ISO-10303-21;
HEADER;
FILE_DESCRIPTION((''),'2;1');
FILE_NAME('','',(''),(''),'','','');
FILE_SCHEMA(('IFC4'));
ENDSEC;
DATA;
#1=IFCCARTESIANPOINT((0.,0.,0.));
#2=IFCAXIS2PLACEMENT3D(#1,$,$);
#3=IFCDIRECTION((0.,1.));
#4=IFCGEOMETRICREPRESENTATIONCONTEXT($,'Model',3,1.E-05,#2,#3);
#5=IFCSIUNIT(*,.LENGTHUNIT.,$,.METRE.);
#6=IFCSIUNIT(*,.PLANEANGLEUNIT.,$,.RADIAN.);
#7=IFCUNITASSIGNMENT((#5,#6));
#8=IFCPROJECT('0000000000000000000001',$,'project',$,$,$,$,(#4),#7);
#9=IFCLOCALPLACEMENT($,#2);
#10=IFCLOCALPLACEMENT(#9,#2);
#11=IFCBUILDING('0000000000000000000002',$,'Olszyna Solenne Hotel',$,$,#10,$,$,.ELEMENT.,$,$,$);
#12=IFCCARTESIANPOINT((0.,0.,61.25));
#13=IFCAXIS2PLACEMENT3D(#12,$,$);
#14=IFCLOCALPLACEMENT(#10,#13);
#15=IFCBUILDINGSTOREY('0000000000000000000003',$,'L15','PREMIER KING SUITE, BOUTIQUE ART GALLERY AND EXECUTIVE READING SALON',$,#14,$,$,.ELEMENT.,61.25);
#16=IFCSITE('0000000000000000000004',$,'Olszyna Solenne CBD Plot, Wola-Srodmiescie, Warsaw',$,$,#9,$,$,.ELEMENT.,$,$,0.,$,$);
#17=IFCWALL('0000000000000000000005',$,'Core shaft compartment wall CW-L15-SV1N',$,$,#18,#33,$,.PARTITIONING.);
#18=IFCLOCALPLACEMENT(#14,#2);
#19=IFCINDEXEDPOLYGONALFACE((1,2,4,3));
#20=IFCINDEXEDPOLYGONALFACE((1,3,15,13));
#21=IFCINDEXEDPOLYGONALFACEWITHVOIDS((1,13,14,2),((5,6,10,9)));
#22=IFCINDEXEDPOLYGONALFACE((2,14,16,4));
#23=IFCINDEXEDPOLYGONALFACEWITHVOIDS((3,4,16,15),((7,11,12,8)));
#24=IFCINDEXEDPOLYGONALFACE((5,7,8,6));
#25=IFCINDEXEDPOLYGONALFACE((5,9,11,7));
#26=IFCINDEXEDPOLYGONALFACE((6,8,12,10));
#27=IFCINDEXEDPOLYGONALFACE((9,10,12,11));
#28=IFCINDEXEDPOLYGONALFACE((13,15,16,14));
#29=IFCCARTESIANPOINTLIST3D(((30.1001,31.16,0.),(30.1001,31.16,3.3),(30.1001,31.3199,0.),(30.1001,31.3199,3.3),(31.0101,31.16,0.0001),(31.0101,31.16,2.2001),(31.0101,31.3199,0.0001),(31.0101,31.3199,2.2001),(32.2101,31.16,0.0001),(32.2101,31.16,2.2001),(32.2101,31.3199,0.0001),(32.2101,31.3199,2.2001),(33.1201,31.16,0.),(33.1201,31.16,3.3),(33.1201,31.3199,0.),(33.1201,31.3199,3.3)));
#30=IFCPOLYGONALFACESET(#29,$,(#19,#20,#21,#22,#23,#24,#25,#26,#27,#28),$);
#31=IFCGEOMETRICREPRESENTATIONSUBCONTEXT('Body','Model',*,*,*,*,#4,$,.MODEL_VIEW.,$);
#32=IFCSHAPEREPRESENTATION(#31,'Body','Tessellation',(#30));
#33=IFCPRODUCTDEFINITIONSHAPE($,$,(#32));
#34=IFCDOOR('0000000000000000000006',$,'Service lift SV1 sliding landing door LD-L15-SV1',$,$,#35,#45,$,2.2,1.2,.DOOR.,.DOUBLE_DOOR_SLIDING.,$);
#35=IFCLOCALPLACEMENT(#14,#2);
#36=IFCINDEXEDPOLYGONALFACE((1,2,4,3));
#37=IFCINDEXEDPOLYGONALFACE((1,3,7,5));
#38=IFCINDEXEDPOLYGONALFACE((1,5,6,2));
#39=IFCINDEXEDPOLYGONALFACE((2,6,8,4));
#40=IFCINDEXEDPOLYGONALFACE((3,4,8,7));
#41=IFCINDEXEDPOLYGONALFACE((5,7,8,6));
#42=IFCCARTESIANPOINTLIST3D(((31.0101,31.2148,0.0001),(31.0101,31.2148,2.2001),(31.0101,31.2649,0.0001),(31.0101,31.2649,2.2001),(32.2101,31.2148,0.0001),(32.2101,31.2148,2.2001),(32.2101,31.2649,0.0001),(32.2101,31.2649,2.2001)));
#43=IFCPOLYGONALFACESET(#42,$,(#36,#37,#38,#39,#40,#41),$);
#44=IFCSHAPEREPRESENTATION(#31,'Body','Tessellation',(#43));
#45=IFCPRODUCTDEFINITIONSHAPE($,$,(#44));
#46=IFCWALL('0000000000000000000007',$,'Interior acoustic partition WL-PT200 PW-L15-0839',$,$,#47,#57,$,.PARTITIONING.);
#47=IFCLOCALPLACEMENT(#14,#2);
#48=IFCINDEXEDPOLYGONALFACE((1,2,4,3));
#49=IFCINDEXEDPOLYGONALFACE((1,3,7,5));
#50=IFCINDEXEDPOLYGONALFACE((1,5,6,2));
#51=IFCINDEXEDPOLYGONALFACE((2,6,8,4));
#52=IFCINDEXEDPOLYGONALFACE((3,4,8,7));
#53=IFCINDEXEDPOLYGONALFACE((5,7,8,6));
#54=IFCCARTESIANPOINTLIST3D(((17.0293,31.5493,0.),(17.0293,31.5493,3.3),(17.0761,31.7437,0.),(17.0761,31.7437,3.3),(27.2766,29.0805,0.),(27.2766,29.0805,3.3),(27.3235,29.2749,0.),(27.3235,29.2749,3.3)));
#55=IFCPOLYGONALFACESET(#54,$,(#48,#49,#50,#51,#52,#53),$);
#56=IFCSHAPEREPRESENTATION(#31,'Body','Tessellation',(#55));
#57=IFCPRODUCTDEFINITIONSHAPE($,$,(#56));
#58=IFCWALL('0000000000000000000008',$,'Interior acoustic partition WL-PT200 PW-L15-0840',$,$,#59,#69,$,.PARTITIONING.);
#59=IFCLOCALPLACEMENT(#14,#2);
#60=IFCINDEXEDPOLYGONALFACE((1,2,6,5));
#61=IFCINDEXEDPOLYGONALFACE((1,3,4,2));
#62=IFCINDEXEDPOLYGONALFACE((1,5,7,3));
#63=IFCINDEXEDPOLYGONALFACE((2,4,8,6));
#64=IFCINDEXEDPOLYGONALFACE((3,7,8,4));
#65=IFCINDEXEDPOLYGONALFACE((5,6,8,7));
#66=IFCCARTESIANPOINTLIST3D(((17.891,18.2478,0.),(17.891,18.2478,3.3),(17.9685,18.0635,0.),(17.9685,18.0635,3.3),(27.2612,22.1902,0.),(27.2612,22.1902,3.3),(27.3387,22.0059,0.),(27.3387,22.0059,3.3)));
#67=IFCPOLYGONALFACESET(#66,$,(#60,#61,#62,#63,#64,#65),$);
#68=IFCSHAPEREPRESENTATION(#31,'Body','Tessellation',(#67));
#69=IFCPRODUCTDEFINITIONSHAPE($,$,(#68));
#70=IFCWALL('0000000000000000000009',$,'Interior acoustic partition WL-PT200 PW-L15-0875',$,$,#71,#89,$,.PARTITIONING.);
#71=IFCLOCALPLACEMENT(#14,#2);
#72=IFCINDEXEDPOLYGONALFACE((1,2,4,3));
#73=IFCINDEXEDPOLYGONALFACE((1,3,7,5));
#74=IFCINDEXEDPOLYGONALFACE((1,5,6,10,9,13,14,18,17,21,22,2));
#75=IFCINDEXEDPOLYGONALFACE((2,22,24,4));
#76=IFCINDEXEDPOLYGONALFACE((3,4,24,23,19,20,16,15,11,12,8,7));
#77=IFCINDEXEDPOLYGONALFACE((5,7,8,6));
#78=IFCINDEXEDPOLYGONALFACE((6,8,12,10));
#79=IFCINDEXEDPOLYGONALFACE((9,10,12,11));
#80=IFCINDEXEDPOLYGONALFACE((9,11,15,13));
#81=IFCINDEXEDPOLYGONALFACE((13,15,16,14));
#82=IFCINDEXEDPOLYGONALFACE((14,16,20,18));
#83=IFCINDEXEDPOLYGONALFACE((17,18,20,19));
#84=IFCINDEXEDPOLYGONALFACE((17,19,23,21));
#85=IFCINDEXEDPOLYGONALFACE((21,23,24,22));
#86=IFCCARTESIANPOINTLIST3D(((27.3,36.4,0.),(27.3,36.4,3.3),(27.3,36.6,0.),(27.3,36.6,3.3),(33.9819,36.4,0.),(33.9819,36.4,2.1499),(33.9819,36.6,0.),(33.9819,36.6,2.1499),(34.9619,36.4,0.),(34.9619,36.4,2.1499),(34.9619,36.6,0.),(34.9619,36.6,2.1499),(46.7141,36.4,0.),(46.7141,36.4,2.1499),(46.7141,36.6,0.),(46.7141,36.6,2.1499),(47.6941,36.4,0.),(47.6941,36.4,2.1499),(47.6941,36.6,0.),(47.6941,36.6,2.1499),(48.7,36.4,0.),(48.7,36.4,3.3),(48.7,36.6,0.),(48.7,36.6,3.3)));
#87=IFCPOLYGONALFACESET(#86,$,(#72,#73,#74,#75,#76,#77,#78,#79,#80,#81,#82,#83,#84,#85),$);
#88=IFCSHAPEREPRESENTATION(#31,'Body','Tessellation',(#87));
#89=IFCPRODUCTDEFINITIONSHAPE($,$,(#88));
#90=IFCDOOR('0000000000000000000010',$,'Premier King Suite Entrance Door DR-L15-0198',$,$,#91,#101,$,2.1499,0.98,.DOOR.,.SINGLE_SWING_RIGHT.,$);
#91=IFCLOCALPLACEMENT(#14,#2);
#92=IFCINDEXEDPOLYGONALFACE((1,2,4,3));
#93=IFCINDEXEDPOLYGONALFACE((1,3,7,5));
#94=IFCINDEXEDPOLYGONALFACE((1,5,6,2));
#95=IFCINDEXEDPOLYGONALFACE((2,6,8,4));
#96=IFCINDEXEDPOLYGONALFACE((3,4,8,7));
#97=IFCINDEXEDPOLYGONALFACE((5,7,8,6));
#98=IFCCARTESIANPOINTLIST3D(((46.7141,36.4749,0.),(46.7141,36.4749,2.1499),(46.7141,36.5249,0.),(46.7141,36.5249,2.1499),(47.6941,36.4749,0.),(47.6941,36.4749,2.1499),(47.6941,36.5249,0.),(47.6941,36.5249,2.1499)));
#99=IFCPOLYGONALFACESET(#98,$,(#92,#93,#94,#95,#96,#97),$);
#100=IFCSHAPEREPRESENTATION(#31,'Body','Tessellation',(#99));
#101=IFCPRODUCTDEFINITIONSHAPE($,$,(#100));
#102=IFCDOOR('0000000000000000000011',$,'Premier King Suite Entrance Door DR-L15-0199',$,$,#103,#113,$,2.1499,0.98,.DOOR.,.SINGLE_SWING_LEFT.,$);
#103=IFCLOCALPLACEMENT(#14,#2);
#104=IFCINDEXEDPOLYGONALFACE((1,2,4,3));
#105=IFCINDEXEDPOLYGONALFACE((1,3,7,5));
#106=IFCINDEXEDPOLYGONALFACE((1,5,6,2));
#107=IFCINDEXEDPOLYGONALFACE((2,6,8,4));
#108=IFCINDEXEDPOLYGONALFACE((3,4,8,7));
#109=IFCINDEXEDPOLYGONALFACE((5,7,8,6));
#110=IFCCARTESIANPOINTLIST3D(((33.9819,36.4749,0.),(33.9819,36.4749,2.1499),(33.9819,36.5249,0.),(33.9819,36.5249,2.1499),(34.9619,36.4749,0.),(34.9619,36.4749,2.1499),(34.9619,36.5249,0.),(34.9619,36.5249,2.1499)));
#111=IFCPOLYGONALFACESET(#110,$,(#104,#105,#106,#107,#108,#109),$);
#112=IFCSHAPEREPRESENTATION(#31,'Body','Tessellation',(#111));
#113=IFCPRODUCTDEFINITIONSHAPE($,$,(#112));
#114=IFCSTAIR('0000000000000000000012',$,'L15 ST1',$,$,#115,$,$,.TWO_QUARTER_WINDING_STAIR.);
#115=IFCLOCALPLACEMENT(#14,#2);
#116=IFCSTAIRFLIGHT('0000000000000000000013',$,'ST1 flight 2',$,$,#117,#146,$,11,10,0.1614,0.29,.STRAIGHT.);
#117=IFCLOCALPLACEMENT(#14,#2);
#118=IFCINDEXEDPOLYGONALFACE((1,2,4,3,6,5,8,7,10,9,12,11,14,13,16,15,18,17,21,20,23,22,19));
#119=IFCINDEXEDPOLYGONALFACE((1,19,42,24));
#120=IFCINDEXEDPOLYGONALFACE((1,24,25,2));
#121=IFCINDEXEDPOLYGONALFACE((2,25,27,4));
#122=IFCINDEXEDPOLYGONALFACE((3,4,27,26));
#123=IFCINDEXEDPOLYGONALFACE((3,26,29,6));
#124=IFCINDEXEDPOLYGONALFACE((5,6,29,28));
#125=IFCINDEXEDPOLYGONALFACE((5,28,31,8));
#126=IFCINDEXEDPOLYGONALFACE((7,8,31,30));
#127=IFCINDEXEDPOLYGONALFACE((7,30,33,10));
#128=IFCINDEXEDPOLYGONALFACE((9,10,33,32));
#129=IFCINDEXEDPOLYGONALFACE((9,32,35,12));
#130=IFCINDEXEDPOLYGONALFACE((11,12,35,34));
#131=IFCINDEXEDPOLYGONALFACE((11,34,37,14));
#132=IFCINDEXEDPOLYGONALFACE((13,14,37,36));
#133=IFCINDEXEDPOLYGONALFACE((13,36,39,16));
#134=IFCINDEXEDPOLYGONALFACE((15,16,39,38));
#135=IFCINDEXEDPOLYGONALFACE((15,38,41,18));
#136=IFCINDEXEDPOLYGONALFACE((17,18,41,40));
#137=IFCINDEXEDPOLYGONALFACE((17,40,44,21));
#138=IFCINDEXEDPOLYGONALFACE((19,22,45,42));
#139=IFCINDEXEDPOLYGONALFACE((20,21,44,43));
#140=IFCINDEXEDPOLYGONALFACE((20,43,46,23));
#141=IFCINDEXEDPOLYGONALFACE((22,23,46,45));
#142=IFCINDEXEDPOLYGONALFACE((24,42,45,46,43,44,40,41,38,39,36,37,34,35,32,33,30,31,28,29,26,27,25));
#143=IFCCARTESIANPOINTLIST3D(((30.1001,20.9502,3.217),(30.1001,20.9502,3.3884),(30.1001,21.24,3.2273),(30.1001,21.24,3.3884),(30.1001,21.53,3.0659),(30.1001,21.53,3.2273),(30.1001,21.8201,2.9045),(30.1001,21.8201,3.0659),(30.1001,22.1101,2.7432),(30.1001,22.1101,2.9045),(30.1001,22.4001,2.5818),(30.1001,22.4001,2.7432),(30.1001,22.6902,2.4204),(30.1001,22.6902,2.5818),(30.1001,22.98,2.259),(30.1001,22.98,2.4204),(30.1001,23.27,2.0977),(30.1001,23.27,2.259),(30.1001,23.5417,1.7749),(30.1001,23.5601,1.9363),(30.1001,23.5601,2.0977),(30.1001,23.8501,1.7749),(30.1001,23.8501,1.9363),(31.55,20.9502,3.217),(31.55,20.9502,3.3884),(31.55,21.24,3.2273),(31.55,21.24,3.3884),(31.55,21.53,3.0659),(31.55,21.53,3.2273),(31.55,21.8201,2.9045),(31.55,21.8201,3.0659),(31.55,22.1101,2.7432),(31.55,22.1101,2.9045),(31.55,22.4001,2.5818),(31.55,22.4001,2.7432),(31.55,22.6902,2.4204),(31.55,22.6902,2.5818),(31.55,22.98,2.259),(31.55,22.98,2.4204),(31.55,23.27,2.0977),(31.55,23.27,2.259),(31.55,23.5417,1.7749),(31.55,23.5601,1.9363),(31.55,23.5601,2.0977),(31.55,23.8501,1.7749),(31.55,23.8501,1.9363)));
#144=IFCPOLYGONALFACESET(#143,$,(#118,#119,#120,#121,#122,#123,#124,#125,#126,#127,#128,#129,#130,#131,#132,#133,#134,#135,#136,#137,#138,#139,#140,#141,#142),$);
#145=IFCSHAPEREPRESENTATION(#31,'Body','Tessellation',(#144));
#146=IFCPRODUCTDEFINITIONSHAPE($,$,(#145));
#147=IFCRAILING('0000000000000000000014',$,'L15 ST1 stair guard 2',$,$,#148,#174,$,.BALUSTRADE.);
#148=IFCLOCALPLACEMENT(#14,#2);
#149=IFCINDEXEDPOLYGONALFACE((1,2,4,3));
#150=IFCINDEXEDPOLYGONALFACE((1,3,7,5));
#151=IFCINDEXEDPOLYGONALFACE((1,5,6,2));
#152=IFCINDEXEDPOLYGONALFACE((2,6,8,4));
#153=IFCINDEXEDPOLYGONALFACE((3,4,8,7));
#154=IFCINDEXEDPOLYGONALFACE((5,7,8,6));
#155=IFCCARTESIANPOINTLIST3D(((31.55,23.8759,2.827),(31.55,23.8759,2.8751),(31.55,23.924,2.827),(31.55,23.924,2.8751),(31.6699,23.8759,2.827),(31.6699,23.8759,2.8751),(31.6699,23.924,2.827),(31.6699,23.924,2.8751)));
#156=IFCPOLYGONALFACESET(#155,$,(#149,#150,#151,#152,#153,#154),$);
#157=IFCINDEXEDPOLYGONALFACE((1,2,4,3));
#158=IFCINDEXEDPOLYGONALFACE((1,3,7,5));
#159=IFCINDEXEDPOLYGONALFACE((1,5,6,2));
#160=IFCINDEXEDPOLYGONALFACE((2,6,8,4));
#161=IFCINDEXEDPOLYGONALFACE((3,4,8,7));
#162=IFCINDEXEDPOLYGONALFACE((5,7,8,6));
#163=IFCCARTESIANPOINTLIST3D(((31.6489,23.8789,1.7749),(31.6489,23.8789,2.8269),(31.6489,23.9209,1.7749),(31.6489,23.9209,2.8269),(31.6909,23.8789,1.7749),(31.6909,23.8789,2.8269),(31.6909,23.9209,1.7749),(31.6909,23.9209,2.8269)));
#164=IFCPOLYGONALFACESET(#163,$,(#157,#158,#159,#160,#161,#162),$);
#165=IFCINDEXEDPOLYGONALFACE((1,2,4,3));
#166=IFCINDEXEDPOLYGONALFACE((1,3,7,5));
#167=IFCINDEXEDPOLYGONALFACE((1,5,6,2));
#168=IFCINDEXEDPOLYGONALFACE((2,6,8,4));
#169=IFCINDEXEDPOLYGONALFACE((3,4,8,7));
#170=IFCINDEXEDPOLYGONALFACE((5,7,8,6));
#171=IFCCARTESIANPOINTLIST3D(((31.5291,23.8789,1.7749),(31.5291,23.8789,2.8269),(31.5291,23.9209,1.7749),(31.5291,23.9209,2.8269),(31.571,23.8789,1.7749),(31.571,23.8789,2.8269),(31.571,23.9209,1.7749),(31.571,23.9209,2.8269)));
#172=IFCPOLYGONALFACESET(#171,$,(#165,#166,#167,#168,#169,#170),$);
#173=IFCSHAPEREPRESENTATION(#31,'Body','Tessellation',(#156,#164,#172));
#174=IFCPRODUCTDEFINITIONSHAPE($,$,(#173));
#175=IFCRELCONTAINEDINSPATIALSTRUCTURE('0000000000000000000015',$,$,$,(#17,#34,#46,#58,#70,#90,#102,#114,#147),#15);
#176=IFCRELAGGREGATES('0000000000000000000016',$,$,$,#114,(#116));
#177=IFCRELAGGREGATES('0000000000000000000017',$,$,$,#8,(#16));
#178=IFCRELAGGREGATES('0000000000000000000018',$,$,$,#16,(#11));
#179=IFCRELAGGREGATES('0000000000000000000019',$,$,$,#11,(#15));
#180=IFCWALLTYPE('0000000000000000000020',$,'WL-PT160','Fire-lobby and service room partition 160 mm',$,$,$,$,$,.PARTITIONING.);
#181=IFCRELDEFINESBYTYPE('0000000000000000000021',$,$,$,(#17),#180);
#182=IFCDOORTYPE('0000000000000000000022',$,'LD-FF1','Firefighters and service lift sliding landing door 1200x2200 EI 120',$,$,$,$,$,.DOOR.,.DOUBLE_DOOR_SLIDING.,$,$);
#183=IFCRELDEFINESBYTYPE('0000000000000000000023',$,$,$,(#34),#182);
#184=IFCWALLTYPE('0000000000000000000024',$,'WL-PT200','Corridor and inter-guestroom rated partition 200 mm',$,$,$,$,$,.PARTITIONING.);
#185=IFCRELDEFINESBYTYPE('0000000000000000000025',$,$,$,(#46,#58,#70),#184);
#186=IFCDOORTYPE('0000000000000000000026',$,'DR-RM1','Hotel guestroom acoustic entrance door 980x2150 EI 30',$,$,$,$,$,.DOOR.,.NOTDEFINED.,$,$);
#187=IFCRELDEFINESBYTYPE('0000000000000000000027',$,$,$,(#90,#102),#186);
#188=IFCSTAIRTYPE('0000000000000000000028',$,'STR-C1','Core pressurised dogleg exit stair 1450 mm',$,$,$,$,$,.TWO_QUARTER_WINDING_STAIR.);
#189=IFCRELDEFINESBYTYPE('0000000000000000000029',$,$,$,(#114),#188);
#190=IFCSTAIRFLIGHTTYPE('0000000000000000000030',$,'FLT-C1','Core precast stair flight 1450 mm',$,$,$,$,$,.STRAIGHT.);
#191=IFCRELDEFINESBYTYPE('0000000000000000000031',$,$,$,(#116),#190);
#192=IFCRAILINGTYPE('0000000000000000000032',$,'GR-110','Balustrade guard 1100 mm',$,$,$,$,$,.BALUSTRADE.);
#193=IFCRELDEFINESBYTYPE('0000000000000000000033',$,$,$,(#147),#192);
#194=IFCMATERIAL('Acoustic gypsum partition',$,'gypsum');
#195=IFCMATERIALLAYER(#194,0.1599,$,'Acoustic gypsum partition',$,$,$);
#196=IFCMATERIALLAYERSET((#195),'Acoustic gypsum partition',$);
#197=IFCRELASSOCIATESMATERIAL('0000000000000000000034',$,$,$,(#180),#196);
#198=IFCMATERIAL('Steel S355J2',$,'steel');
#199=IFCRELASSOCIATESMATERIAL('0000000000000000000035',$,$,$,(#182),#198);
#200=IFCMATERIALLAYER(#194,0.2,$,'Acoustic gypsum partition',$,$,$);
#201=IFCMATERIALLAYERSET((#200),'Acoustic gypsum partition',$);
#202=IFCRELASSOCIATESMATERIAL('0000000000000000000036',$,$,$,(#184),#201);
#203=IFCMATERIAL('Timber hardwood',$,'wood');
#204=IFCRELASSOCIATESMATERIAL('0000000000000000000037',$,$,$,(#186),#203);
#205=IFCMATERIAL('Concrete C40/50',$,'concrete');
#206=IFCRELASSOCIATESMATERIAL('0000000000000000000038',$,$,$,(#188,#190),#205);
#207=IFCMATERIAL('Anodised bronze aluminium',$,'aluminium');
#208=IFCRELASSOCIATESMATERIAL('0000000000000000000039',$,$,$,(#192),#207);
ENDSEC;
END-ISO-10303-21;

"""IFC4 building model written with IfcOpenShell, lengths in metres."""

from ifc_helpers import new_model, si_unit, direction, frame, frame_2d, origin, origin_2d, place, context, subcontext, project, spatial, polyline, rectangle, outline, extrude, source, transform, mapped, material, layer, layer_set, type_object, type_shapes, element, fill, aggregate, save


model = new_model("IFC4")

# Units and contexts
model_context = context("Model", 3, precision=1e-05, world=origin(), true_north=direction((0.0, 1.0)))
body_context = subcontext(model_context, "Body", "Model", "MODEL_VIEW")
ifc_project = project(units=[si_unit("LENGTHUNIT", "METRE"), si_unit("PLANEANGLEUNIT", "RADIAN")], contexts=[model_context])

# Site, building, storey
site_placement = place(None, origin())
site = spatial("IfcSite", under=ifc_project, at=site_placement, Name="Olszyna Solenne CBD Plot, Wola-Srodmiescie, Warsaw", CompositionType="ELEMENT", RefElevation=0.0)
building_placement = place(site_placement, origin())
building = spatial("IfcBuilding", under=site, at=building_placement, Name="Olszyna Solenne Hotel", CompositionType="ELEMENT")
storey_placement = place(building_placement, frame((0.0, 0.0, 61.25)))
storey = spatial("IfcBuildingStorey", under=building, at=storey_placement, Name="L15", Description="PREMIER KING SUITE, BOUTIQUE ART GALLERY AND EXECUTIVE READING SALON", CompositionType="ELEMENT", Elevation=61.25)

# Shared definitions
ifc_material_1 = material(Name="Steel S355J2", Category="steel")

# Shared definitions
ifc_material_2 = material(Name="Acoustic gypsum partition", Category="gypsum")
ifc_material_3 = material(Name="Timber hardwood", Category="wood")

# Shared definitions
ifc_layer_1 = layer(ifc_material_2, 0.1599, Name="Acoustic gypsum partition")
ifc_layer_set_1 = layer_set([ifc_layer_1], Name="Acoustic gypsum partition")
wall_type_1 = type_object("IfcWallType", Name="WL-PT160", Description="Fire-lobby and service room partition 160 mm", PredefinedType="PARTITIONING", material=ifc_layer_set_1)

# Wall, opening, door
wall_1_placement = place(storey_placement, frame((30.1001, 31.24, 0.0), z_axis=(0.0, 0.0, 1.0), x_axis=(1.0, 0.0, 0.0)))
wall_1 = element("IfcWall", 1, at=wall_1_placement, inside=storey, type_object=wall_type_1, Name="Core shaft compartment wall CW-L15-SV1N", PredefinedType="PARTITIONING", context=body_context, shape_type="SweptSolid", body=[
    extrude(rectangle(XDim=3.02, YDim=0.1599, at=frame_2d((1.51, 0.0))), origin(), (0.0, 0.0, 1.0), 3.3),
])
opening_1_placement = place(wall_1_placement, frame((0.9099, 0.0, 0.0)))
opening_1 = element("IfcOpeningElement", 2, at=opening_1_placement, cuts=wall_1, PredefinedType="OPENING", context=body_context, shape_type="SweptSolid", body=[
    extrude(rectangle(XDim=1.2, YDim=2.2, at=frame_2d((0.6001, 1.1001))), frame((0.0, 0.0898, 0.0), z_axis=(0.0, -1.0, 0.0), x_axis=(1.0, 0.0, 0.0)), (0.0, 0.0, 1.0), 0.1799),
])
door_type_1 = type_object("IfcDoorType", Name="LD-FF1", Description="Firefighters and service lift sliding landing door 1200x2200 EI 120", OperationType="DOUBLE_DOOR_SLIDING", PredefinedType="DOOR", material=ifc_material_1)
shared_shape_1 = source(origin(), body_context, "Body", "SweptSolid", [
    extrude(rectangle(XDim=1.2, YDim=2.2, at=frame_2d((0.6001, 1.1001))), frame((0.0, 0.0249, 0.0), z_axis=(0.0, -1.0, 0.0), x_axis=(1.0, 0.0, 0.0)), (0.0, 0.0, 1.0), 0.05),
])
type_shapes(door_type_1, [shared_shape_1])
door_1_placement = place(opening_1_placement, origin())
door_1 = element("IfcDoor", 3, at=door_1_placement, inside=storey, type_object=door_type_1, Name="Service lift SV1 sliding landing door LD-L15-SV1", OperationType="DOUBLE_DOOR_SLIDING", OverallHeight=2.2, OverallWidth=1.2, PredefinedType="DOOR", context=body_context, shape_type="MappedRepresentation", body=[
    mapped(shared_shape_1, transform((0.0, 0.0, 0.0), x_axis=(1.0, 0.0, 0.0), y_axis=(0.0, 1.0, 0.0), z_axis=(0.0, 0.0, 1.0), scale=1.0)),
])
fill(opening_1, door_1)

# Walls
ifc_layer_2 = layer(ifc_material_2, 0.2, Name="Acoustic gypsum partition")
ifc_layer_set_2 = layer_set([ifc_layer_2], Name="Acoustic gypsum partition")
wall_type_2 = type_object("IfcWallType", Name="WL-PT200", Description="Corridor and inter-guestroom rated partition 200 mm", PredefinedType="PARTITIONING", material=ifc_layer_set_2)
wall_2_placement = place(storey_placement, frame((27.3, 29.1777, 0.0), z_axis=(0.0, 0.0, 1.0), x_axis=(-0.972185, 0.234216, 0.0)))
element("IfcWall", 4, at=wall_2_placement, inside=storey, type_object=wall_type_2, Name="Interior acoustic partition WL-PT200 PW-L15-0839", PredefinedType="PARTITIONING", context=body_context, shape_type="SweptSolid", body=[
    extrude(rectangle(XDim=10.5405, YDim=0.2, at=frame_2d((5.2703, 0.0))), origin(), (0.0, 0.0, 1.0), 3.3),
])
wall_3_placement = place(storey_placement, frame((27.3, 22.0981, 0.0), z_axis=(0.0, 0.0, 1.0), x_axis=(-0.921738, -0.387812, 0.0)))
element("IfcWall", 5, at=wall_3_placement, inside=storey, type_object=wall_type_2, Name="Interior acoustic partition WL-PT200 PW-L15-0840", PredefinedType="PARTITIONING", context=body_context, shape_type="SweptSolid", body=[
    extrude(rectangle(XDim=10.1658, YDim=0.2, at=frame_2d((5.083, 0.0))), origin(), (0.0, 0.0, 1.0), 3.3),
])

# Wall, openings, doors
wall_4_placement = place(storey_placement, frame((27.3, 36.5, 0.0), z_axis=(0.0, 0.0, 1.0), x_axis=(1.0, 0.0, 0.0)))
wall_4 = element("IfcWall", 6, at=wall_4_placement, inside=storey, type_object=wall_type_2, Name="Interior acoustic partition WL-PT200 PW-L15-0875", PredefinedType="PARTITIONING", context=body_context, shape_type="SweptSolid", body=[
    extrude(rectangle(XDim=21.3999, YDim=0.2, at=frame_2d((10.7, 0.0))), origin(), (0.0, 0.0, 1.0), 3.3),
])
opening_2_placement = place(wall_4_placement, frame((19.4141, 0.0, 0.0)))
opening_2 = element("IfcOpeningElement", 7, at=opening_2_placement, cuts=wall_4, PredefinedType="OPENING", context=body_context, shape_type="SweptSolid", body=[
    extrude(rectangle(XDim=0.98, YDim=2.1499, at=frame_2d((0.49, 1.075))), frame((0.0, 0.1099, 0.0), z_axis=(0.0, -1.0, 0.0), x_axis=(1.0, 0.0, 0.0)), (0.0, 0.0, 1.0), 0.22),
])
opening_3_placement = place(wall_4_placement, frame((6.6819, 0.0, 0.0)))
opening_3 = element("IfcOpeningElement", 8, at=opening_3_placement, cuts=wall_4, PredefinedType="OPENING", context=body_context, shape_type="SweptSolid", body=[
    extrude(rectangle(XDim=0.98, YDim=2.1499, at=frame_2d((0.49, 1.075))), frame((0.0, 0.1099, 0.0), z_axis=(0.0, -1.0, 0.0), x_axis=(1.0, 0.0, 0.0)), (0.0, 0.0, 1.0), 0.22),
])
door_type_2 = type_object("IfcDoorType", Name="DR-RM1", Description="Hotel guestroom acoustic entrance door 980x2150 EI 30", OperationType="NOTDEFINED", PredefinedType="DOOR", material=ifc_material_3)
shared_shape_2 = source(origin(), body_context, "Body", "SweptSolid", [
    extrude(rectangle(XDim=0.98, YDim=2.1499, at=frame_2d((0.49, 1.075))), frame((0.0, 0.0249, 0.0), z_axis=(0.0, -1.0, 0.0), x_axis=(1.0, 0.0, 0.0)), (0.0, 0.0, 1.0), 0.05),
])
type_shapes(door_type_2, [shared_shape_2])
door_2_placement = place(opening_2_placement, origin())
door_2 = element("IfcDoor", 9, at=door_2_placement, inside=storey, type_object=door_type_2, Name="Premier King Suite Entrance Door DR-L15-0198", OperationType="SINGLE_SWING_RIGHT", OverallHeight=2.1499, OverallWidth=0.98, PredefinedType="DOOR", context=body_context, shape_type="MappedRepresentation", body=[
    mapped(shared_shape_2, transform((0.0, 0.0, 0.0), x_axis=(1.0, 0.0, 0.0), y_axis=(0.0, 1.0, 0.0), z_axis=(0.0, 0.0, 1.0), scale=1.0)),
])
fill(opening_2, door_2)
door_3_placement = place(opening_3_placement, origin())
door_3 = element("IfcDoor", 10, at=door_3_placement, inside=storey, type_object=door_type_2, Name="Premier King Suite Entrance Door DR-L15-0199", OperationType="SINGLE_SWING_LEFT", OverallHeight=2.1499, OverallWidth=0.98, PredefinedType="DOOR", context=body_context, shape_type="MappedRepresentation", body=[
    mapped(shared_shape_2, transform((0.0, 0.0, 0.0), x_axis=(1.0, 0.0, 0.0), y_axis=(0.0, 1.0, 0.0), z_axis=(0.0, 0.0, 1.0), scale=1.0)),
])
fill(opening_3, door_3)

# Stair, stair flight
ifc_material_4 = material(Name="Concrete C40/50", Category="concrete")
stair_type = type_object("IfcStairType", Name="STR-C1", Description="Core pressurised dogleg exit stair 1450 mm", PredefinedType="TWO_QUARTER_WINDING_STAIR", material=ifc_material_4)
stair_placement = place(storey_placement, origin())
stair = element("IfcStair", 11, at=stair_placement, inside=storey, type_object=stair_type, Name="L15 ST1", PredefinedType="TWO_QUARTER_WINDING_STAIR")
stair_flight_type = type_object("IfcStairFlightType", Name="FLT-C1", Description="Core precast stair flight 1450 mm", PredefinedType="STRAIGHT", material=ifc_material_4)
stair_flight_placement = place(storey_placement, frame((30.825, 23.8501, 1.7749), z_axis=(0.0, 0.0, 1.0), x_axis=(0.0, -1.0, 0.0)))
stair_flight = element("IfcStairFlight", 12, at=stair_flight_placement, type_object=stair_flight_type, Name="ST1 flight 2", NumberOfRisers=11, NumberOfTreads=10, PredefinedType="STRAIGHT", RiserHeight=0.1614, TreadLength=0.29, context=body_context, shape_type="SweptSolid", body=[
    extrude(outline(polyline([(0.0, 0.0), (0.0, 0.1614), (0.29, 0.1614), (0.29, 0.3228), (0.5801, 0.3228), (0.5801, 0.4841), (0.8701, 0.4841), (0.8701, 0.6455), (1.1599, 0.6455), (1.1599, 0.8069), (1.45, 0.8069), (1.45, 0.9683), (1.74, 0.9683), (1.74, 1.1296), (2.03, 1.1296), (2.03, 1.291), (2.3201, 1.291), (2.3201, 1.4524), (2.6101, 1.4524), (2.6101, 1.6135), (2.8999, 1.6135), (2.8999, 1.7749), (2.8999, 1.4421), (0.3083, 0.0), (0.0, 0.0)])), frame((0.0, 0.7251, 0.0), z_axis=(0.0, -1.0, 0.0), x_axis=(1.0, 0.0, 0.0)), (0.0, 0.0, 1.0), 1.45),
])
aggregate(stair, [stair_flight])

# Railing
ifc_material_5 = material(Name="Anodised bronze aluminium", Category="aluminium")
railing_type_1 = type_object("IfcRailingType", Name="GR-110", Description="Balustrade guard 1100 mm", PredefinedType="BALUSTRADE", material=ifc_material_5)
railing_1_placement = place(storey_placement, frame((31.6699, 23.8999, 1.7749)))
element("IfcRailing", 13, at=railing_1_placement, inside=storey, type_object=railing_type_1, Name="L15 ST1 stair guard 2", PredefinedType="BALUSTRADE", context=body_context, shape_type="SweptSolid", body=[
    extrude(rectangle(XDim=0.0481, YDim=0.0481, at=origin_2d()), frame((0.0, 0.0, 1.0762), z_axis=(-1.0, 0.0, 0.0), x_axis=(0.0, -1.0, 0.0)), (0.0, 0.0, 1.0), 0.1199),
    extrude(rectangle(XDim=0.042, YDim=0.042, at=origin_2d()), origin(), (0.0, 0.0, 1.0), 1.052),
    extrude(rectangle(XDim=0.042, YDim=0.042, at=origin_2d()), frame((-0.1199, 0.0, 0.0)), (0.0, 0.0, 1.0), 1.052),
])

save(model, "model.ifc")
